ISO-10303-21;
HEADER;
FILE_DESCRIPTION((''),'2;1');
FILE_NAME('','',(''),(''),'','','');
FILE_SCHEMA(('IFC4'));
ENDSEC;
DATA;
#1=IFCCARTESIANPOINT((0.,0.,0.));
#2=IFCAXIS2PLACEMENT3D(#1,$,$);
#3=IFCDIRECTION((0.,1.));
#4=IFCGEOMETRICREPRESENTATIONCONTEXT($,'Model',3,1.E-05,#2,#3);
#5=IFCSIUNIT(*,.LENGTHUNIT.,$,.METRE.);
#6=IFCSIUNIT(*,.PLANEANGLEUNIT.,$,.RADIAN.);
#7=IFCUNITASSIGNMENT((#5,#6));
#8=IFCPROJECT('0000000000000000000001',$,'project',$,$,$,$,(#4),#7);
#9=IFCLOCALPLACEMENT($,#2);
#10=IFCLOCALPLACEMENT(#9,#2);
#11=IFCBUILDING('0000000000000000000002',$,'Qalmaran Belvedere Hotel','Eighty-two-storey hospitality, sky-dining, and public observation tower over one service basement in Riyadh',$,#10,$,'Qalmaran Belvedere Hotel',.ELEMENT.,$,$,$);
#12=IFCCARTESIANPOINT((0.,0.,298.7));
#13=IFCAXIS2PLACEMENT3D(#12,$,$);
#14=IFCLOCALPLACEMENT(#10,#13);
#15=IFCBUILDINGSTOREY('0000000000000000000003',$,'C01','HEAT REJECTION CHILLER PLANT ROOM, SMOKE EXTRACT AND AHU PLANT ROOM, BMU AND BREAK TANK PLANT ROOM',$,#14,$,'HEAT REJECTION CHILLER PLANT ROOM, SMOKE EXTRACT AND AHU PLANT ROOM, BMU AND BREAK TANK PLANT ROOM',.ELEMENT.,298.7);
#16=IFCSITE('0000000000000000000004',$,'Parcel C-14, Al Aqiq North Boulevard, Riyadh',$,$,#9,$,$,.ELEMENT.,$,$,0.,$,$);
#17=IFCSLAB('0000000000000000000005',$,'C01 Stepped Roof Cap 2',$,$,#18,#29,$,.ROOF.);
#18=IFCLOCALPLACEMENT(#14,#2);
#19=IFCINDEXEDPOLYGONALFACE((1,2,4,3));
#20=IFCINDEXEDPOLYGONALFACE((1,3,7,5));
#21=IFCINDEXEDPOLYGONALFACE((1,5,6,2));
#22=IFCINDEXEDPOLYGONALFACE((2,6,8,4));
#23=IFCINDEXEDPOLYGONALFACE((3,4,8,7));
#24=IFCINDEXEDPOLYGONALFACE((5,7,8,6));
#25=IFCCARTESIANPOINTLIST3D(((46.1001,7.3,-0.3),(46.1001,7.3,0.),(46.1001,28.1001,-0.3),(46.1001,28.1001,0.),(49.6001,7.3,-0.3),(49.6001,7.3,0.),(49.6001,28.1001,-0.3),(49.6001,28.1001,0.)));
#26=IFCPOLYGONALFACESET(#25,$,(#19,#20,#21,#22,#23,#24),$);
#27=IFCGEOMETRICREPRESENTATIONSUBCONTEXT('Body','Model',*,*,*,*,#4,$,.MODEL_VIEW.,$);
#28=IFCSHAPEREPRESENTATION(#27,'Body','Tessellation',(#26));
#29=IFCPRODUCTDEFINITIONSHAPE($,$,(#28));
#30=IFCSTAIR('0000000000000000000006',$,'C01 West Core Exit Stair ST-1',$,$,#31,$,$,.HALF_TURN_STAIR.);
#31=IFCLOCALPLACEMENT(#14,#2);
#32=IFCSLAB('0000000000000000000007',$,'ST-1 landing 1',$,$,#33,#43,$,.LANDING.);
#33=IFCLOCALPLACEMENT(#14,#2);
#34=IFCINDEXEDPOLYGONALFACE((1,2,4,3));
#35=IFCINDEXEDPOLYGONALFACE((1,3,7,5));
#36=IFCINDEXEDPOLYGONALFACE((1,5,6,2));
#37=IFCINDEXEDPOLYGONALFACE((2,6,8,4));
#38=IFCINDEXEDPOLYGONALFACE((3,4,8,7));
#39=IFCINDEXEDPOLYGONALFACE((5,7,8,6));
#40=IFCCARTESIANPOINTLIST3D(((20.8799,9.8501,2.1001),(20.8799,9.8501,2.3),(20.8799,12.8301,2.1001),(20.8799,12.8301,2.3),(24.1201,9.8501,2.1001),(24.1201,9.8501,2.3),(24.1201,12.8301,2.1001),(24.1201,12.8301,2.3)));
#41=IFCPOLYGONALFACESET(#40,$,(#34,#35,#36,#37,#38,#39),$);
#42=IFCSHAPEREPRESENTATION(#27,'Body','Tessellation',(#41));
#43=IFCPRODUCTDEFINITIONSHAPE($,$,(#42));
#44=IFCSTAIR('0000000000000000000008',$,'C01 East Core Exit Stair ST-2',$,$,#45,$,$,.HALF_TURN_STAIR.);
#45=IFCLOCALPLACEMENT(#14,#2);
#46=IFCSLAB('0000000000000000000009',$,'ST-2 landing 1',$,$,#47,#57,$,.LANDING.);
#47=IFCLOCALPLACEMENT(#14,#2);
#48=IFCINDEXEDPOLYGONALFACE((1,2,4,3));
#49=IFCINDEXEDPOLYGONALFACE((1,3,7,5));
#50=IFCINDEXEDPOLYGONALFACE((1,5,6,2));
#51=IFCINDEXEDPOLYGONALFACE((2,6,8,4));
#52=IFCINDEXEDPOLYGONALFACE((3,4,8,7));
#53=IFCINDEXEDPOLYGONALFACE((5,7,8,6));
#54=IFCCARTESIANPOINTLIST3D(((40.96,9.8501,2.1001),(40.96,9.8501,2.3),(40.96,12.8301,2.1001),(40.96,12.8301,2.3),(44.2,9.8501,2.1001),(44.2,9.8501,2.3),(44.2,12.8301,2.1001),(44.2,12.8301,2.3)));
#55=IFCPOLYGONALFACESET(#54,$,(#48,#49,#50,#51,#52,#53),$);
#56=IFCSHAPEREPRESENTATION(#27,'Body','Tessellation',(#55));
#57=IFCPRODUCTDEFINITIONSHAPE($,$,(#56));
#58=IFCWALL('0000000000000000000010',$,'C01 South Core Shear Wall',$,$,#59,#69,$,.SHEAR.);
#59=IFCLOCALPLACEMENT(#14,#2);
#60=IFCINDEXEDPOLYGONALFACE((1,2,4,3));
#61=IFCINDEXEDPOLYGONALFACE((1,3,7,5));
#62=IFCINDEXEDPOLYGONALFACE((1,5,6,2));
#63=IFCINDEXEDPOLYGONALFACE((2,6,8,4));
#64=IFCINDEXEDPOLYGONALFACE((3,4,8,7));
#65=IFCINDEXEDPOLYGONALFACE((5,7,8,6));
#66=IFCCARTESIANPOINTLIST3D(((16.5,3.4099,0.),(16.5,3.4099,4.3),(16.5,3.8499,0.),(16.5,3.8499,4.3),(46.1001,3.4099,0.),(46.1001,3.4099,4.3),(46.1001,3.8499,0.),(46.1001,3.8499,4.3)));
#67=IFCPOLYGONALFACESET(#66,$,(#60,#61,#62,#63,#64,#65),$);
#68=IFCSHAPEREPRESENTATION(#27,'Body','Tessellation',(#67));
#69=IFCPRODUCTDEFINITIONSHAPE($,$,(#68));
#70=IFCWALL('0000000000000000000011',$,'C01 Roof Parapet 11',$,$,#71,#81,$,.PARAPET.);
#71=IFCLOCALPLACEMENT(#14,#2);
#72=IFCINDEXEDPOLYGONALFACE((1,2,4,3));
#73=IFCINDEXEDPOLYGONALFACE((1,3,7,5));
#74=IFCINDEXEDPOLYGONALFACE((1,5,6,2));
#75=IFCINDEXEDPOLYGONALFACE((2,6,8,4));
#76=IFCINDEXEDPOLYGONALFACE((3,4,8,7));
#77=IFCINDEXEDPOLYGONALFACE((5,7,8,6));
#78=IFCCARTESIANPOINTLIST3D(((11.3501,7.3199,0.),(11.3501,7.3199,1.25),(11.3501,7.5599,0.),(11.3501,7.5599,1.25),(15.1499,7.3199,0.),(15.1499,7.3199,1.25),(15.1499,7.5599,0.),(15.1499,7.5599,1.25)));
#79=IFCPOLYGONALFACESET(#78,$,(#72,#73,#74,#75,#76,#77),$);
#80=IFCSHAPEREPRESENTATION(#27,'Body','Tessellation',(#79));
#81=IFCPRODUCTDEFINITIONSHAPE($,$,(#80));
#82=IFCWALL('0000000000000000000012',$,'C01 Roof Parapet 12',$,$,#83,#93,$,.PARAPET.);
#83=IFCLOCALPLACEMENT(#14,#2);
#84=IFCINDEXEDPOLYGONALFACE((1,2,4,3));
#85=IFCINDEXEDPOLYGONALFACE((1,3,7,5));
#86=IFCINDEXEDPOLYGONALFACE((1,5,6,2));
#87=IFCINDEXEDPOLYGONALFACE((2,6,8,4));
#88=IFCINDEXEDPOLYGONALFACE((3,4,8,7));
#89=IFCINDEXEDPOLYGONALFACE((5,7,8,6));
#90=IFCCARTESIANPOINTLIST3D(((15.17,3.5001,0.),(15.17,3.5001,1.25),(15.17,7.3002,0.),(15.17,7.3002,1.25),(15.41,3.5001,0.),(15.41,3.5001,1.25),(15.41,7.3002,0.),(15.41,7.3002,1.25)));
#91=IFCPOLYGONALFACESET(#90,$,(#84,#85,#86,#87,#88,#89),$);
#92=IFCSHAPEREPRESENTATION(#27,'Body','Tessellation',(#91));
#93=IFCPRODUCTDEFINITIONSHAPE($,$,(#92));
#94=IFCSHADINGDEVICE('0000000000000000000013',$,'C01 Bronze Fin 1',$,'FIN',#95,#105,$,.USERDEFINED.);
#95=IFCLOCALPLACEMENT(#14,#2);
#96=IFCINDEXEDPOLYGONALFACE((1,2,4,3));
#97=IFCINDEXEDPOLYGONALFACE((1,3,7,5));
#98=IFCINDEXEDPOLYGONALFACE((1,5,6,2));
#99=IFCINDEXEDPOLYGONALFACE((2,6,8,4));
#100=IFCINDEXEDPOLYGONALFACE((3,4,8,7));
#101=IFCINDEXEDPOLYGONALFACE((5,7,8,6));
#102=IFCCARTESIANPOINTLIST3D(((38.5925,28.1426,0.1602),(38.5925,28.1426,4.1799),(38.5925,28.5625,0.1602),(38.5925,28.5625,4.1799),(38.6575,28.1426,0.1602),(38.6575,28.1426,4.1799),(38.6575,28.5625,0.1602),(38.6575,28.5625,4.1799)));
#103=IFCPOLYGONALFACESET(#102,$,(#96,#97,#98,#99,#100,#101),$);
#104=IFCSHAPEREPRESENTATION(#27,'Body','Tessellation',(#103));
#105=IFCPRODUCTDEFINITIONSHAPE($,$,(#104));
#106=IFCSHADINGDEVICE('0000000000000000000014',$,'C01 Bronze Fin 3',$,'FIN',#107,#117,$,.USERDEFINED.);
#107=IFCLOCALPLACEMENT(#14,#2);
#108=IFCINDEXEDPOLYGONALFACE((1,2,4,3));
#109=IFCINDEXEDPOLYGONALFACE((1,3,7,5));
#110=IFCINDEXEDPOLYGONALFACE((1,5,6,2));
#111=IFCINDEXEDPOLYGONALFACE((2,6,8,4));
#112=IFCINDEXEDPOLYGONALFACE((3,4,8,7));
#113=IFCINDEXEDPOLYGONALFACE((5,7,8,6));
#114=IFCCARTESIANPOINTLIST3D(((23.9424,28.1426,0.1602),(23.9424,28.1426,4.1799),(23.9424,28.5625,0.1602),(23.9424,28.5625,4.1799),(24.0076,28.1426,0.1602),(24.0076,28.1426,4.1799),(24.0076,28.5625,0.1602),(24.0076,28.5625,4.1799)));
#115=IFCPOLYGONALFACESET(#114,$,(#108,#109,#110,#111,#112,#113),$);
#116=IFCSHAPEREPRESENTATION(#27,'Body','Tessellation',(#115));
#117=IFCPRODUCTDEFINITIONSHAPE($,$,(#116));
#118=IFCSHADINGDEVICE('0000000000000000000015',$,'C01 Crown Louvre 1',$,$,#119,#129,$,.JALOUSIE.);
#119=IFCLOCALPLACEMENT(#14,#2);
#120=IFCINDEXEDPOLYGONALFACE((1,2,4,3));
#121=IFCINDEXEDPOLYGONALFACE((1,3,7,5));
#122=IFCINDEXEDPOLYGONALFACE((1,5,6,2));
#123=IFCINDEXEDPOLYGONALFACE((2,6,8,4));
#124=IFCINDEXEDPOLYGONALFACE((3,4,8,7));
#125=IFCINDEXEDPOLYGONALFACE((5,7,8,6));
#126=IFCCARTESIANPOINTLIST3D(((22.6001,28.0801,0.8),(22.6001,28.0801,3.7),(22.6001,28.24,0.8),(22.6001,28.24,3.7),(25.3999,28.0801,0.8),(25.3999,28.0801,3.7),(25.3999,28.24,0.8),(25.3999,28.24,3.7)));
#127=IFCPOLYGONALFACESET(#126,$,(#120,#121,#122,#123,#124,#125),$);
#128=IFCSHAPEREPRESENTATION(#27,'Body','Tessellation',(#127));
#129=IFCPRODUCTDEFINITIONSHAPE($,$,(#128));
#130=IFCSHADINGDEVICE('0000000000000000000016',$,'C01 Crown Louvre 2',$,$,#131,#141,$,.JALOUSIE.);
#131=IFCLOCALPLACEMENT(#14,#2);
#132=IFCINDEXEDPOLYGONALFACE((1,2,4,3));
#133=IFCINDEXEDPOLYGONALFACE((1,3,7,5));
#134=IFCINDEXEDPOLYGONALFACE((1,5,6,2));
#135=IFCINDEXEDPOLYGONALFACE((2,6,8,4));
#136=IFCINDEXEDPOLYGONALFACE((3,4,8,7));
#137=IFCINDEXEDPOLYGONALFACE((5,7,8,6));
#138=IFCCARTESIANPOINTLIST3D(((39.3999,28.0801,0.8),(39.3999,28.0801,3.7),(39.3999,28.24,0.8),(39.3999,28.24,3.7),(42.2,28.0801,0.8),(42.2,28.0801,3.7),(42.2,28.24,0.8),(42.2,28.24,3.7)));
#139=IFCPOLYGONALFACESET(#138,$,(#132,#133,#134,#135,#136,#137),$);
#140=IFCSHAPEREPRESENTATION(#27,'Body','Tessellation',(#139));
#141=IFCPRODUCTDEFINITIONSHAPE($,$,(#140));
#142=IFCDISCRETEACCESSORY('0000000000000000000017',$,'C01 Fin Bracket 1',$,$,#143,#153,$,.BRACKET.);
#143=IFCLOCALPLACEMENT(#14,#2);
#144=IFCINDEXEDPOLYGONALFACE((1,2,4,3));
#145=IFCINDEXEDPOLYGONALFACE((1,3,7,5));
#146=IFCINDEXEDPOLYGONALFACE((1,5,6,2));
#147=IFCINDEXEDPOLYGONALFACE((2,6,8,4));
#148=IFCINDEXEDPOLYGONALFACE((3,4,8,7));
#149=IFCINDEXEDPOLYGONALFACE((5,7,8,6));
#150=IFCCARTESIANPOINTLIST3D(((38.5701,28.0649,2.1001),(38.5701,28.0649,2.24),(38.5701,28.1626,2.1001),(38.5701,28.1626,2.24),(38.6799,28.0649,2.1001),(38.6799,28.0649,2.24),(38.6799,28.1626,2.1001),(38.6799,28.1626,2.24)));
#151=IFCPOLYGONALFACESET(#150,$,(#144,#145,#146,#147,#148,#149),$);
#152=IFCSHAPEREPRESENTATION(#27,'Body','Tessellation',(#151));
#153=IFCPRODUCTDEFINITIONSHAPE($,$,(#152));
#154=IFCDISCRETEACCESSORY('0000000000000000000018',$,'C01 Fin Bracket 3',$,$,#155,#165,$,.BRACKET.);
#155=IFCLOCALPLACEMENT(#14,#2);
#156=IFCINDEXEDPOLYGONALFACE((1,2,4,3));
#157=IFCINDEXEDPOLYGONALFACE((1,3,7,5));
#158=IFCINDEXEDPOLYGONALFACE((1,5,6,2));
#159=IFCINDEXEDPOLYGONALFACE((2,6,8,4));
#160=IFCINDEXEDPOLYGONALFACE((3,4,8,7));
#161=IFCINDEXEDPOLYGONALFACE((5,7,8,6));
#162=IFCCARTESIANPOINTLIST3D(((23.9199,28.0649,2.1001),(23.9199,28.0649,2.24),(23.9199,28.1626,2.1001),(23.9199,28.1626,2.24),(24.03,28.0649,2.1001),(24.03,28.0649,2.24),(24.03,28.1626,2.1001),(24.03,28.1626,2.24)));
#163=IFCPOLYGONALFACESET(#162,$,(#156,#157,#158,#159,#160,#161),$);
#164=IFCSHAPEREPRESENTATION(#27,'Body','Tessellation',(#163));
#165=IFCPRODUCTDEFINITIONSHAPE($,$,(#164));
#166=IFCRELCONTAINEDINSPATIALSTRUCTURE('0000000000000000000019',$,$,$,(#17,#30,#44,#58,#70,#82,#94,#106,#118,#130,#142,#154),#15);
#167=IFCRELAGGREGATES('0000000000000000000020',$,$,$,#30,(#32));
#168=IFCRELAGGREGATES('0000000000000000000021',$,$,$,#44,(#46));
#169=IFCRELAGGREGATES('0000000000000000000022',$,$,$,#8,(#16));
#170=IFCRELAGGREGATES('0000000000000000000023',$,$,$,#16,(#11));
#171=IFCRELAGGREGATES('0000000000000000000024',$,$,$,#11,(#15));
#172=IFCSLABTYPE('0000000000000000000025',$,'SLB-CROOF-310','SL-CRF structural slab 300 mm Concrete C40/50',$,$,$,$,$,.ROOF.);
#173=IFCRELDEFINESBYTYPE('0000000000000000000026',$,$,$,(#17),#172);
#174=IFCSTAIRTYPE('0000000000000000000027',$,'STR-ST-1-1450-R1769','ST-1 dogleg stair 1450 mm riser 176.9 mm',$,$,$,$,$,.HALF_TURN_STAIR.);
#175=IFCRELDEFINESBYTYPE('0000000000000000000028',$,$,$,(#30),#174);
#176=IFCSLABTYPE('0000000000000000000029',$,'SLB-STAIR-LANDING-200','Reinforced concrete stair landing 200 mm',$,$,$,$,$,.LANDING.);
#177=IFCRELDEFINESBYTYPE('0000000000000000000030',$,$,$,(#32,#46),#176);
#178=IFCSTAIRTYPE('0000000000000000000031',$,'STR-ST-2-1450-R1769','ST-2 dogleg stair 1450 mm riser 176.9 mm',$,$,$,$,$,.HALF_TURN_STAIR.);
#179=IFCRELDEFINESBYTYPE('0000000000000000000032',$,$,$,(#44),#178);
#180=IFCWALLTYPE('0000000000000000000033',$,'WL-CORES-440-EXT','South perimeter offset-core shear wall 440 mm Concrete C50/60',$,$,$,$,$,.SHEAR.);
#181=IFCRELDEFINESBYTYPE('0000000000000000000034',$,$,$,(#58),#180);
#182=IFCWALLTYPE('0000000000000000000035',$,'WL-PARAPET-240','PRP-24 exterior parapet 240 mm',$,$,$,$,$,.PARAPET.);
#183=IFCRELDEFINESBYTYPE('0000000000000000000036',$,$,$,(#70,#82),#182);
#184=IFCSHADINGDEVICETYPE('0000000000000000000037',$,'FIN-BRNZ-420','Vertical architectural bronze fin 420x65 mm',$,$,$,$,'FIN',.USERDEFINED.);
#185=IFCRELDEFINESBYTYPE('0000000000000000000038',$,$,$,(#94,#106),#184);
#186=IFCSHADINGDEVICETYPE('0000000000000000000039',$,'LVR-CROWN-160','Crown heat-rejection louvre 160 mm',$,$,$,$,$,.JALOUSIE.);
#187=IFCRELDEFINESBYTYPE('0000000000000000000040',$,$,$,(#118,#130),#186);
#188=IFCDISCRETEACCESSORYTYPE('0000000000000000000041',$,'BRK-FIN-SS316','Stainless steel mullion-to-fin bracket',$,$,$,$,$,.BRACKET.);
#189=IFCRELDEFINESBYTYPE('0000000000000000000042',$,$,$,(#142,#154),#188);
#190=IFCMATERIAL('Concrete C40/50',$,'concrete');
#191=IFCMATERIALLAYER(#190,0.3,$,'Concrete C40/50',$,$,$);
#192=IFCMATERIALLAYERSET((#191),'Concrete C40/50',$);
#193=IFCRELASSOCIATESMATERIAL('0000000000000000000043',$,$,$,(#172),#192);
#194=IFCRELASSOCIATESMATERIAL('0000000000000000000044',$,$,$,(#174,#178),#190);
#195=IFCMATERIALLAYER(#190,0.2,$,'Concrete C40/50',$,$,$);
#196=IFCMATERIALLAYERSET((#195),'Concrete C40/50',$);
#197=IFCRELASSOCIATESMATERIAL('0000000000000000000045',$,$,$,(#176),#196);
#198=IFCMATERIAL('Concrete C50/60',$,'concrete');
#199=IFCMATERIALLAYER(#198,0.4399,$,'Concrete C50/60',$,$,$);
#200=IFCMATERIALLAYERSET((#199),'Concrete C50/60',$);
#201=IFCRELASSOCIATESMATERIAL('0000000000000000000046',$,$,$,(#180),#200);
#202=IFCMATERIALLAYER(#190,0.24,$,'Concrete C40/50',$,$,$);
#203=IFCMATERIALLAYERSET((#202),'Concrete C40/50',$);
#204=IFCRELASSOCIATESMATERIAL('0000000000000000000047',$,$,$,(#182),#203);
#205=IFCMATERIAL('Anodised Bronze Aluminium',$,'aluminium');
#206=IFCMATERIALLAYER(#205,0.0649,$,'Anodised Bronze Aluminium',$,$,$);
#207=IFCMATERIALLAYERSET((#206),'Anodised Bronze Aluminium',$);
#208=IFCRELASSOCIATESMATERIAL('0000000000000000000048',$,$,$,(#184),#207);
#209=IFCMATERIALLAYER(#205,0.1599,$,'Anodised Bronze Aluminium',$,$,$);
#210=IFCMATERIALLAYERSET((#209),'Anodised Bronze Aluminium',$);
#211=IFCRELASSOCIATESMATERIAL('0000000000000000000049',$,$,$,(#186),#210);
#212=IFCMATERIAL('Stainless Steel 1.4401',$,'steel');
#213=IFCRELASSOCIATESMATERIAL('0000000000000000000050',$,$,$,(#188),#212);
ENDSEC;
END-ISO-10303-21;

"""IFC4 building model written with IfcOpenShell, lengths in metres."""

from ifc_helpers import new_model, si_unit, direction, frame, frame_2d, origin, place, context, subcontext, project, spatial, polyline, rectangle, outline, extrude, material, layer, layer_set, type_object, element, aggregate, save


model = new_model("IFC4")

# Units and contexts
model_context = context("Model", 3, precision=1e-05, world=origin(), true_north=direction((0.0, 1.0)))
body_context = subcontext(model_context, "Body", "Model", "MODEL_VIEW")
ifc_project = project(units=[si_unit("LENGTHUNIT", "METRE"), si_unit("PLANEANGLEUNIT", "RADIAN")], contexts=[model_context])

# Site, building, storey
site_placement = place(None, origin())
site = spatial("IfcSite", under=ifc_project, at=site_placement, Name="Parcel C-14, Al Aqiq North Boulevard, Riyadh", CompositionType="ELEMENT", RefElevation=0.0)
building_placement = place(site_placement, origin())
building = spatial("IfcBuilding", under=site, at=building_placement, Name="Qalmaran Belvedere Hotel", Description="Eighty-two-storey hospitality, sky-dining, and public observation tower over one service basement in Riyadh", LongName="Qalmaran Belvedere Hotel", CompositionType="ELEMENT")
storey_placement = place(building_placement, frame((0.0, 0.0, 298.7)))
storey = spatial("IfcBuildingStorey", under=building, at=storey_placement, Name="C01", Description="HEAT REJECTION CHILLER PLANT ROOM, SMOKE EXTRACT AND AHU PLANT ROOM, BMU AND BREAK TANK PLANT ROOM", LongName="HEAT REJECTION CHILLER PLANT ROOM, SMOKE EXTRACT AND AHU PLANT ROOM, BMU AND BREAK TANK PLANT ROOM", CompositionType="ELEMENT", Elevation=298.7)

# Shared definitions
ifc_material_1 = material(Name="Anodised Bronze Aluminium", Category="aluminium")

# Slab
ifc_material_2 = material(Name="Concrete C40/50", Category="concrete")
ifc_layer_1 = layer(ifc_material_2, 0.3, Name="Concrete C40/50")
ifc_layer_set_1 = layer_set([ifc_layer_1], Name="Concrete C40/50")
slab_type_1 = type_object("IfcSlabType", Name="SLB-CROOF-310", Description="SL-CRF structural slab 300 mm Concrete C40/50", PredefinedType="ROOF", material=ifc_layer_set_1)
slab_1_placement = place(storey_placement, frame((0.0, 0.0, -0.3)))
element("IfcSlab", 1, at=slab_1_placement, inside=storey, type_object=slab_type_1, Name="C01 Stepped Roof Cap 2", PredefinedType="ROOF", context=body_context, shape_type="SweptSolid", body=[
    extrude(outline(polyline([(49.6001, 28.1001), (49.6001, 7.3), (46.1001, 7.3), (46.1001, 28.1001), (49.6001, 28.1001)])), origin(), (0.0, 0.0, 1.0), 0.3),
])

# Stairs, slabs
stair_type_1 = type_object("IfcStairType", Name="STR-ST-1-1450-R1769", Description="ST-1 dogleg stair 1450 mm riser 176.9 mm", PredefinedType="HALF_TURN_STAIR", material=ifc_material_2)
stair_1_placement = place(storey_placement, origin())
stair_1 = element("IfcStair", 2, at=stair_1_placement, inside=storey, type_object=stair_type_1, Name="C01 West Core Exit Stair ST-1", PredefinedType="HALF_TURN_STAIR")
ifc_layer_2 = layer(ifc_material_2, 0.2, Name="Concrete C40/50")
ifc_layer_set_2 = layer_set([ifc_layer_2], Name="Concrete C40/50")
slab_type_2 = type_object("IfcSlabType", Name="SLB-STAIR-LANDING-200", Description="Reinforced concrete stair landing 200 mm", PredefinedType="LANDING", material=ifc_layer_set_2)
slab_2_placement = place(storey_placement, frame((0.0, 0.0, 2.1001)))
slab_2 = element("IfcSlab", 3, at=slab_2_placement, type_object=slab_type_2, Name="ST-1 landing 1", PredefinedType="LANDING", context=body_context, shape_type="SweptSolid", body=[
    extrude(outline(polyline([(20.8799, 12.8301), (20.8799, 9.8501), (24.1201, 9.8501), (24.1201, 12.8301), (20.8799, 12.8301)])), origin(), (0.0, 0.0, 1.0), 0.2),
])
aggregate(stair_1, [slab_2])
stair_type_2 = type_object("IfcStairType", Name="STR-ST-2-1450-R1769", Description="ST-2 dogleg stair 1450 mm riser 176.9 mm", PredefinedType="HALF_TURN_STAIR", material=ifc_material_2)
stair_2_placement = place(storey_placement, origin())
stair_2 = element("IfcStair", 4, at=stair_2_placement, inside=storey, type_object=stair_type_2, Name="C01 East Core Exit Stair ST-2", PredefinedType="HALF_TURN_STAIR")
slab_3_placement = place(storey_placement, frame((0.0, 0.0, 2.1001)))
slab_3 = element("IfcSlab", 5, at=slab_3_placement, type_object=slab_type_2, Name="ST-2 landing 1", PredefinedType="LANDING", context=body_context, shape_type="SweptSolid", body=[
    extrude(outline(polyline([(40.96, 12.8301), (40.96, 9.8501), (44.2, 9.8501), (44.2, 12.8301), (40.96, 12.8301)])), origin(), (0.0, 0.0, 1.0), 0.2),
])
aggregate(stair_2, [slab_3])

# Walls
ifc_material_3 = material(Name="Concrete C50/60", Category="concrete")
ifc_layer_3 = layer(ifc_material_3, 0.4399, Name="Concrete C50/60")
ifc_layer_set_3 = layer_set([ifc_layer_3], Name="Concrete C50/60")
wall_type_1 = type_object("IfcWallType", Name="WL-CORES-440-EXT", Description="South perimeter offset-core shear wall 440 mm Concrete C50/60", PredefinedType="SHEAR", material=ifc_layer_set_3)
wall_1_placement = place(storey_placement, frame((16.5, 3.6299, 0.0), z_axis=(0.0, 0.0, 1.0), x_axis=(1.0, 0.0, 0.0)))
element("IfcWall", 6, at=wall_1_placement, inside=storey, type_object=wall_type_1, Name="C01 South Core Shear Wall", PredefinedType="SHEAR", context=body_context, shape_type="SweptSolid", body=[
    extrude(rectangle(XDim=29.6001, YDim=0.4399, at=frame_2d((14.8, 0.0))), origin(), (0.0, 0.0, 1.0), 4.3),
])
ifc_layer_4 = layer(ifc_material_2, 0.24, Name="Concrete C40/50")
ifc_layer_set_4 = layer_set([ifc_layer_4], Name="Concrete C40/50")
wall_type_2 = type_object("IfcWallType", Name="WL-PARAPET-240", Description="PRP-24 exterior parapet 240 mm", PredefinedType="PARAPET", material=ifc_layer_set_4)
wall_2_placement = place(storey_placement, frame((11.3501, 7.4399, 0.0), z_axis=(0.0, 0.0, 1.0), x_axis=(1.0, 0.0, 0.0)))
element("IfcWall", 7, at=wall_2_placement, inside=storey, type_object=wall_type_2, Name="C01 Roof Parapet 11", PredefinedType="PARAPET", context=body_context, shape_type="SweptSolid", body=[
    extrude(rectangle(XDim=3.7998, YDim=0.24, at=frame_2d((1.8999, 0.0))), origin(), (0.0, 0.0, 1.0), 1.25),
])
wall_3_placement = place(storey_placement, frame((15.29, 7.3, 0.0), z_axis=(0.0, 0.0, 1.0), x_axis=(0.0, -1.0, 0.0)))
element("IfcWall", 8, at=wall_3_placement, inside=storey, type_object=wall_type_2, Name="C01 Roof Parapet 12", PredefinedType="PARAPET", context=body_context, shape_type="SweptSolid", body=[
    extrude(rectangle(XDim=3.8, YDim=0.24, at=frame_2d((1.8999, 0.0))), origin(), (0.0, 0.0, 1.0), 1.25),
])

# Shading devices
ifc_layer_5 = layer(ifc_material_1, 0.0649, Name="Anodised Bronze Aluminium")
ifc_layer_set_5 = layer_set([ifc_layer_5], Name="Anodised Bronze Aluminium")
shading_device_type_1 = type_object("IfcShadingDeviceType", Name="FIN-BRNZ-420", Description="Vertical architectural bronze fin 420x65 mm", ElementType="FIN", PredefinedType="USERDEFINED", material=ifc_layer_set_5)
shading_device_1_placement = place(storey_placement, frame((0.0, 0.0, 0.1602)))
element("IfcShadingDevice", 9, at=shading_device_1_placement, inside=storey, type_object=shading_device_type_1, Name="C01 Bronze Fin 1", ObjectType="FIN", PredefinedType="USERDEFINED", context=body_context, shape_type="SweptSolid", body=[
    extrude(outline(polyline([(38.6575, 28.1426), (38.6575, 28.5625), (38.5925, 28.5625), (38.5925, 28.1426), (38.6575, 28.1426)])), origin(), (0.0, 0.0, 1.0), 4.0198),
])
shading_device_2_placement = place(storey_placement, frame((0.0, 0.0, 0.1602)))
element("IfcShadingDevice", 10, at=shading_device_2_placement, inside=storey, type_object=shading_device_type_1, Name="C01 Bronze Fin 3", ObjectType="FIN", PredefinedType="USERDEFINED", context=body_context, shape_type="SweptSolid", body=[
    extrude(outline(polyline([(24.0076, 28.1426), (24.0076, 28.5625), (23.9424, 28.5625), (23.9424, 28.1426), (24.0076, 28.1426)])), origin(), (0.0, 0.0, 1.0), 4.0198),
])
ifc_layer_6 = layer(ifc_material_1, 0.1599, Name="Anodised Bronze Aluminium")
ifc_layer_set_6 = layer_set([ifc_layer_6], Name="Anodised Bronze Aluminium")
shading_device_type_2 = type_object("IfcShadingDeviceType", Name="LVR-CROWN-160", Description="Crown heat-rejection louvre 160 mm", PredefinedType="JALOUSIE", material=ifc_layer_set_6)
shading_device_3_placement = place(storey_placement, frame((0.0, 0.0, 0.8)))
element("IfcShadingDevice", 11, at=shading_device_3_placement, inside=storey, type_object=shading_device_type_2, Name="C01 Crown Louvre 1", PredefinedType="JALOUSIE", context=body_context, shape_type="SweptSolid", body=[
    extrude(outline(polyline([(22.6001, 28.0801), (25.3999, 28.0801), (25.3999, 28.24), (22.6001, 28.24), (22.6001, 28.0801)])), origin(), (0.0, 0.0, 1.0), 2.8999),
])
shading_device_4_placement = place(storey_placement, frame((0.0, 0.0, 0.8)))
element("IfcShadingDevice", 12, at=shading_device_4_placement, inside=storey, type_object=shading_device_type_2, Name="C01 Crown Louvre 2", PredefinedType="JALOUSIE", context=body_context, shape_type="SweptSolid", body=[
    extrude(outline(polyline([(39.3999, 28.0801), (42.2, 28.0801), (42.2, 28.24), (39.3999, 28.24), (39.3999, 28.0801)])), origin(), (0.0, 0.0, 1.0), 2.8999),
])

# Discrete accessories
ifc_material_4 = material(Name="Stainless Steel 1.4401", Category="steel")
discrete_accessory_type = type_object("IfcDiscreteAccessoryType", Name="BRK-FIN-SS316", Description="Stainless steel mullion-to-fin bracket", PredefinedType="BRACKET", material=ifc_material_4)
discrete_accessory_1_placement = place(storey_placement, frame((0.0, 0.0, 2.1001)))
element("IfcDiscreteAccessory", 13, at=discrete_accessory_1_placement, inside=storey, type_object=discrete_accessory_type, Name="C01 Fin Bracket 1", PredefinedType="BRACKET", context=body_context, shape_type="SweptSolid", body=[
    extrude(outline(polyline([(38.6799, 28.0649), (38.6799, 28.1626), (38.5701, 28.1626), (38.5701, 28.0649), (38.6799, 28.0649)])), origin(), (0.0, 0.0, 1.0), 0.1399),
])
discrete_accessory_2_placement = place(storey_placement, frame((0.0, 0.0, 2.1001)))
element("IfcDiscreteAccessory", 14, at=discrete_accessory_2_placement, inside=storey, type_object=discrete_accessory_type, Name="C01 Fin Bracket 3", PredefinedType="BRACKET", context=body_context, shape_type="SweptSolid", body=[
    extrude(outline(polyline([(24.03, 28.0649), (24.03, 28.1626), (23.9199, 28.1626), (23.9199, 28.0649), (24.03, 28.0649)])), origin(), (0.0, 0.0, 1.0), 0.1399),
])

save(model, "model.ifc")
